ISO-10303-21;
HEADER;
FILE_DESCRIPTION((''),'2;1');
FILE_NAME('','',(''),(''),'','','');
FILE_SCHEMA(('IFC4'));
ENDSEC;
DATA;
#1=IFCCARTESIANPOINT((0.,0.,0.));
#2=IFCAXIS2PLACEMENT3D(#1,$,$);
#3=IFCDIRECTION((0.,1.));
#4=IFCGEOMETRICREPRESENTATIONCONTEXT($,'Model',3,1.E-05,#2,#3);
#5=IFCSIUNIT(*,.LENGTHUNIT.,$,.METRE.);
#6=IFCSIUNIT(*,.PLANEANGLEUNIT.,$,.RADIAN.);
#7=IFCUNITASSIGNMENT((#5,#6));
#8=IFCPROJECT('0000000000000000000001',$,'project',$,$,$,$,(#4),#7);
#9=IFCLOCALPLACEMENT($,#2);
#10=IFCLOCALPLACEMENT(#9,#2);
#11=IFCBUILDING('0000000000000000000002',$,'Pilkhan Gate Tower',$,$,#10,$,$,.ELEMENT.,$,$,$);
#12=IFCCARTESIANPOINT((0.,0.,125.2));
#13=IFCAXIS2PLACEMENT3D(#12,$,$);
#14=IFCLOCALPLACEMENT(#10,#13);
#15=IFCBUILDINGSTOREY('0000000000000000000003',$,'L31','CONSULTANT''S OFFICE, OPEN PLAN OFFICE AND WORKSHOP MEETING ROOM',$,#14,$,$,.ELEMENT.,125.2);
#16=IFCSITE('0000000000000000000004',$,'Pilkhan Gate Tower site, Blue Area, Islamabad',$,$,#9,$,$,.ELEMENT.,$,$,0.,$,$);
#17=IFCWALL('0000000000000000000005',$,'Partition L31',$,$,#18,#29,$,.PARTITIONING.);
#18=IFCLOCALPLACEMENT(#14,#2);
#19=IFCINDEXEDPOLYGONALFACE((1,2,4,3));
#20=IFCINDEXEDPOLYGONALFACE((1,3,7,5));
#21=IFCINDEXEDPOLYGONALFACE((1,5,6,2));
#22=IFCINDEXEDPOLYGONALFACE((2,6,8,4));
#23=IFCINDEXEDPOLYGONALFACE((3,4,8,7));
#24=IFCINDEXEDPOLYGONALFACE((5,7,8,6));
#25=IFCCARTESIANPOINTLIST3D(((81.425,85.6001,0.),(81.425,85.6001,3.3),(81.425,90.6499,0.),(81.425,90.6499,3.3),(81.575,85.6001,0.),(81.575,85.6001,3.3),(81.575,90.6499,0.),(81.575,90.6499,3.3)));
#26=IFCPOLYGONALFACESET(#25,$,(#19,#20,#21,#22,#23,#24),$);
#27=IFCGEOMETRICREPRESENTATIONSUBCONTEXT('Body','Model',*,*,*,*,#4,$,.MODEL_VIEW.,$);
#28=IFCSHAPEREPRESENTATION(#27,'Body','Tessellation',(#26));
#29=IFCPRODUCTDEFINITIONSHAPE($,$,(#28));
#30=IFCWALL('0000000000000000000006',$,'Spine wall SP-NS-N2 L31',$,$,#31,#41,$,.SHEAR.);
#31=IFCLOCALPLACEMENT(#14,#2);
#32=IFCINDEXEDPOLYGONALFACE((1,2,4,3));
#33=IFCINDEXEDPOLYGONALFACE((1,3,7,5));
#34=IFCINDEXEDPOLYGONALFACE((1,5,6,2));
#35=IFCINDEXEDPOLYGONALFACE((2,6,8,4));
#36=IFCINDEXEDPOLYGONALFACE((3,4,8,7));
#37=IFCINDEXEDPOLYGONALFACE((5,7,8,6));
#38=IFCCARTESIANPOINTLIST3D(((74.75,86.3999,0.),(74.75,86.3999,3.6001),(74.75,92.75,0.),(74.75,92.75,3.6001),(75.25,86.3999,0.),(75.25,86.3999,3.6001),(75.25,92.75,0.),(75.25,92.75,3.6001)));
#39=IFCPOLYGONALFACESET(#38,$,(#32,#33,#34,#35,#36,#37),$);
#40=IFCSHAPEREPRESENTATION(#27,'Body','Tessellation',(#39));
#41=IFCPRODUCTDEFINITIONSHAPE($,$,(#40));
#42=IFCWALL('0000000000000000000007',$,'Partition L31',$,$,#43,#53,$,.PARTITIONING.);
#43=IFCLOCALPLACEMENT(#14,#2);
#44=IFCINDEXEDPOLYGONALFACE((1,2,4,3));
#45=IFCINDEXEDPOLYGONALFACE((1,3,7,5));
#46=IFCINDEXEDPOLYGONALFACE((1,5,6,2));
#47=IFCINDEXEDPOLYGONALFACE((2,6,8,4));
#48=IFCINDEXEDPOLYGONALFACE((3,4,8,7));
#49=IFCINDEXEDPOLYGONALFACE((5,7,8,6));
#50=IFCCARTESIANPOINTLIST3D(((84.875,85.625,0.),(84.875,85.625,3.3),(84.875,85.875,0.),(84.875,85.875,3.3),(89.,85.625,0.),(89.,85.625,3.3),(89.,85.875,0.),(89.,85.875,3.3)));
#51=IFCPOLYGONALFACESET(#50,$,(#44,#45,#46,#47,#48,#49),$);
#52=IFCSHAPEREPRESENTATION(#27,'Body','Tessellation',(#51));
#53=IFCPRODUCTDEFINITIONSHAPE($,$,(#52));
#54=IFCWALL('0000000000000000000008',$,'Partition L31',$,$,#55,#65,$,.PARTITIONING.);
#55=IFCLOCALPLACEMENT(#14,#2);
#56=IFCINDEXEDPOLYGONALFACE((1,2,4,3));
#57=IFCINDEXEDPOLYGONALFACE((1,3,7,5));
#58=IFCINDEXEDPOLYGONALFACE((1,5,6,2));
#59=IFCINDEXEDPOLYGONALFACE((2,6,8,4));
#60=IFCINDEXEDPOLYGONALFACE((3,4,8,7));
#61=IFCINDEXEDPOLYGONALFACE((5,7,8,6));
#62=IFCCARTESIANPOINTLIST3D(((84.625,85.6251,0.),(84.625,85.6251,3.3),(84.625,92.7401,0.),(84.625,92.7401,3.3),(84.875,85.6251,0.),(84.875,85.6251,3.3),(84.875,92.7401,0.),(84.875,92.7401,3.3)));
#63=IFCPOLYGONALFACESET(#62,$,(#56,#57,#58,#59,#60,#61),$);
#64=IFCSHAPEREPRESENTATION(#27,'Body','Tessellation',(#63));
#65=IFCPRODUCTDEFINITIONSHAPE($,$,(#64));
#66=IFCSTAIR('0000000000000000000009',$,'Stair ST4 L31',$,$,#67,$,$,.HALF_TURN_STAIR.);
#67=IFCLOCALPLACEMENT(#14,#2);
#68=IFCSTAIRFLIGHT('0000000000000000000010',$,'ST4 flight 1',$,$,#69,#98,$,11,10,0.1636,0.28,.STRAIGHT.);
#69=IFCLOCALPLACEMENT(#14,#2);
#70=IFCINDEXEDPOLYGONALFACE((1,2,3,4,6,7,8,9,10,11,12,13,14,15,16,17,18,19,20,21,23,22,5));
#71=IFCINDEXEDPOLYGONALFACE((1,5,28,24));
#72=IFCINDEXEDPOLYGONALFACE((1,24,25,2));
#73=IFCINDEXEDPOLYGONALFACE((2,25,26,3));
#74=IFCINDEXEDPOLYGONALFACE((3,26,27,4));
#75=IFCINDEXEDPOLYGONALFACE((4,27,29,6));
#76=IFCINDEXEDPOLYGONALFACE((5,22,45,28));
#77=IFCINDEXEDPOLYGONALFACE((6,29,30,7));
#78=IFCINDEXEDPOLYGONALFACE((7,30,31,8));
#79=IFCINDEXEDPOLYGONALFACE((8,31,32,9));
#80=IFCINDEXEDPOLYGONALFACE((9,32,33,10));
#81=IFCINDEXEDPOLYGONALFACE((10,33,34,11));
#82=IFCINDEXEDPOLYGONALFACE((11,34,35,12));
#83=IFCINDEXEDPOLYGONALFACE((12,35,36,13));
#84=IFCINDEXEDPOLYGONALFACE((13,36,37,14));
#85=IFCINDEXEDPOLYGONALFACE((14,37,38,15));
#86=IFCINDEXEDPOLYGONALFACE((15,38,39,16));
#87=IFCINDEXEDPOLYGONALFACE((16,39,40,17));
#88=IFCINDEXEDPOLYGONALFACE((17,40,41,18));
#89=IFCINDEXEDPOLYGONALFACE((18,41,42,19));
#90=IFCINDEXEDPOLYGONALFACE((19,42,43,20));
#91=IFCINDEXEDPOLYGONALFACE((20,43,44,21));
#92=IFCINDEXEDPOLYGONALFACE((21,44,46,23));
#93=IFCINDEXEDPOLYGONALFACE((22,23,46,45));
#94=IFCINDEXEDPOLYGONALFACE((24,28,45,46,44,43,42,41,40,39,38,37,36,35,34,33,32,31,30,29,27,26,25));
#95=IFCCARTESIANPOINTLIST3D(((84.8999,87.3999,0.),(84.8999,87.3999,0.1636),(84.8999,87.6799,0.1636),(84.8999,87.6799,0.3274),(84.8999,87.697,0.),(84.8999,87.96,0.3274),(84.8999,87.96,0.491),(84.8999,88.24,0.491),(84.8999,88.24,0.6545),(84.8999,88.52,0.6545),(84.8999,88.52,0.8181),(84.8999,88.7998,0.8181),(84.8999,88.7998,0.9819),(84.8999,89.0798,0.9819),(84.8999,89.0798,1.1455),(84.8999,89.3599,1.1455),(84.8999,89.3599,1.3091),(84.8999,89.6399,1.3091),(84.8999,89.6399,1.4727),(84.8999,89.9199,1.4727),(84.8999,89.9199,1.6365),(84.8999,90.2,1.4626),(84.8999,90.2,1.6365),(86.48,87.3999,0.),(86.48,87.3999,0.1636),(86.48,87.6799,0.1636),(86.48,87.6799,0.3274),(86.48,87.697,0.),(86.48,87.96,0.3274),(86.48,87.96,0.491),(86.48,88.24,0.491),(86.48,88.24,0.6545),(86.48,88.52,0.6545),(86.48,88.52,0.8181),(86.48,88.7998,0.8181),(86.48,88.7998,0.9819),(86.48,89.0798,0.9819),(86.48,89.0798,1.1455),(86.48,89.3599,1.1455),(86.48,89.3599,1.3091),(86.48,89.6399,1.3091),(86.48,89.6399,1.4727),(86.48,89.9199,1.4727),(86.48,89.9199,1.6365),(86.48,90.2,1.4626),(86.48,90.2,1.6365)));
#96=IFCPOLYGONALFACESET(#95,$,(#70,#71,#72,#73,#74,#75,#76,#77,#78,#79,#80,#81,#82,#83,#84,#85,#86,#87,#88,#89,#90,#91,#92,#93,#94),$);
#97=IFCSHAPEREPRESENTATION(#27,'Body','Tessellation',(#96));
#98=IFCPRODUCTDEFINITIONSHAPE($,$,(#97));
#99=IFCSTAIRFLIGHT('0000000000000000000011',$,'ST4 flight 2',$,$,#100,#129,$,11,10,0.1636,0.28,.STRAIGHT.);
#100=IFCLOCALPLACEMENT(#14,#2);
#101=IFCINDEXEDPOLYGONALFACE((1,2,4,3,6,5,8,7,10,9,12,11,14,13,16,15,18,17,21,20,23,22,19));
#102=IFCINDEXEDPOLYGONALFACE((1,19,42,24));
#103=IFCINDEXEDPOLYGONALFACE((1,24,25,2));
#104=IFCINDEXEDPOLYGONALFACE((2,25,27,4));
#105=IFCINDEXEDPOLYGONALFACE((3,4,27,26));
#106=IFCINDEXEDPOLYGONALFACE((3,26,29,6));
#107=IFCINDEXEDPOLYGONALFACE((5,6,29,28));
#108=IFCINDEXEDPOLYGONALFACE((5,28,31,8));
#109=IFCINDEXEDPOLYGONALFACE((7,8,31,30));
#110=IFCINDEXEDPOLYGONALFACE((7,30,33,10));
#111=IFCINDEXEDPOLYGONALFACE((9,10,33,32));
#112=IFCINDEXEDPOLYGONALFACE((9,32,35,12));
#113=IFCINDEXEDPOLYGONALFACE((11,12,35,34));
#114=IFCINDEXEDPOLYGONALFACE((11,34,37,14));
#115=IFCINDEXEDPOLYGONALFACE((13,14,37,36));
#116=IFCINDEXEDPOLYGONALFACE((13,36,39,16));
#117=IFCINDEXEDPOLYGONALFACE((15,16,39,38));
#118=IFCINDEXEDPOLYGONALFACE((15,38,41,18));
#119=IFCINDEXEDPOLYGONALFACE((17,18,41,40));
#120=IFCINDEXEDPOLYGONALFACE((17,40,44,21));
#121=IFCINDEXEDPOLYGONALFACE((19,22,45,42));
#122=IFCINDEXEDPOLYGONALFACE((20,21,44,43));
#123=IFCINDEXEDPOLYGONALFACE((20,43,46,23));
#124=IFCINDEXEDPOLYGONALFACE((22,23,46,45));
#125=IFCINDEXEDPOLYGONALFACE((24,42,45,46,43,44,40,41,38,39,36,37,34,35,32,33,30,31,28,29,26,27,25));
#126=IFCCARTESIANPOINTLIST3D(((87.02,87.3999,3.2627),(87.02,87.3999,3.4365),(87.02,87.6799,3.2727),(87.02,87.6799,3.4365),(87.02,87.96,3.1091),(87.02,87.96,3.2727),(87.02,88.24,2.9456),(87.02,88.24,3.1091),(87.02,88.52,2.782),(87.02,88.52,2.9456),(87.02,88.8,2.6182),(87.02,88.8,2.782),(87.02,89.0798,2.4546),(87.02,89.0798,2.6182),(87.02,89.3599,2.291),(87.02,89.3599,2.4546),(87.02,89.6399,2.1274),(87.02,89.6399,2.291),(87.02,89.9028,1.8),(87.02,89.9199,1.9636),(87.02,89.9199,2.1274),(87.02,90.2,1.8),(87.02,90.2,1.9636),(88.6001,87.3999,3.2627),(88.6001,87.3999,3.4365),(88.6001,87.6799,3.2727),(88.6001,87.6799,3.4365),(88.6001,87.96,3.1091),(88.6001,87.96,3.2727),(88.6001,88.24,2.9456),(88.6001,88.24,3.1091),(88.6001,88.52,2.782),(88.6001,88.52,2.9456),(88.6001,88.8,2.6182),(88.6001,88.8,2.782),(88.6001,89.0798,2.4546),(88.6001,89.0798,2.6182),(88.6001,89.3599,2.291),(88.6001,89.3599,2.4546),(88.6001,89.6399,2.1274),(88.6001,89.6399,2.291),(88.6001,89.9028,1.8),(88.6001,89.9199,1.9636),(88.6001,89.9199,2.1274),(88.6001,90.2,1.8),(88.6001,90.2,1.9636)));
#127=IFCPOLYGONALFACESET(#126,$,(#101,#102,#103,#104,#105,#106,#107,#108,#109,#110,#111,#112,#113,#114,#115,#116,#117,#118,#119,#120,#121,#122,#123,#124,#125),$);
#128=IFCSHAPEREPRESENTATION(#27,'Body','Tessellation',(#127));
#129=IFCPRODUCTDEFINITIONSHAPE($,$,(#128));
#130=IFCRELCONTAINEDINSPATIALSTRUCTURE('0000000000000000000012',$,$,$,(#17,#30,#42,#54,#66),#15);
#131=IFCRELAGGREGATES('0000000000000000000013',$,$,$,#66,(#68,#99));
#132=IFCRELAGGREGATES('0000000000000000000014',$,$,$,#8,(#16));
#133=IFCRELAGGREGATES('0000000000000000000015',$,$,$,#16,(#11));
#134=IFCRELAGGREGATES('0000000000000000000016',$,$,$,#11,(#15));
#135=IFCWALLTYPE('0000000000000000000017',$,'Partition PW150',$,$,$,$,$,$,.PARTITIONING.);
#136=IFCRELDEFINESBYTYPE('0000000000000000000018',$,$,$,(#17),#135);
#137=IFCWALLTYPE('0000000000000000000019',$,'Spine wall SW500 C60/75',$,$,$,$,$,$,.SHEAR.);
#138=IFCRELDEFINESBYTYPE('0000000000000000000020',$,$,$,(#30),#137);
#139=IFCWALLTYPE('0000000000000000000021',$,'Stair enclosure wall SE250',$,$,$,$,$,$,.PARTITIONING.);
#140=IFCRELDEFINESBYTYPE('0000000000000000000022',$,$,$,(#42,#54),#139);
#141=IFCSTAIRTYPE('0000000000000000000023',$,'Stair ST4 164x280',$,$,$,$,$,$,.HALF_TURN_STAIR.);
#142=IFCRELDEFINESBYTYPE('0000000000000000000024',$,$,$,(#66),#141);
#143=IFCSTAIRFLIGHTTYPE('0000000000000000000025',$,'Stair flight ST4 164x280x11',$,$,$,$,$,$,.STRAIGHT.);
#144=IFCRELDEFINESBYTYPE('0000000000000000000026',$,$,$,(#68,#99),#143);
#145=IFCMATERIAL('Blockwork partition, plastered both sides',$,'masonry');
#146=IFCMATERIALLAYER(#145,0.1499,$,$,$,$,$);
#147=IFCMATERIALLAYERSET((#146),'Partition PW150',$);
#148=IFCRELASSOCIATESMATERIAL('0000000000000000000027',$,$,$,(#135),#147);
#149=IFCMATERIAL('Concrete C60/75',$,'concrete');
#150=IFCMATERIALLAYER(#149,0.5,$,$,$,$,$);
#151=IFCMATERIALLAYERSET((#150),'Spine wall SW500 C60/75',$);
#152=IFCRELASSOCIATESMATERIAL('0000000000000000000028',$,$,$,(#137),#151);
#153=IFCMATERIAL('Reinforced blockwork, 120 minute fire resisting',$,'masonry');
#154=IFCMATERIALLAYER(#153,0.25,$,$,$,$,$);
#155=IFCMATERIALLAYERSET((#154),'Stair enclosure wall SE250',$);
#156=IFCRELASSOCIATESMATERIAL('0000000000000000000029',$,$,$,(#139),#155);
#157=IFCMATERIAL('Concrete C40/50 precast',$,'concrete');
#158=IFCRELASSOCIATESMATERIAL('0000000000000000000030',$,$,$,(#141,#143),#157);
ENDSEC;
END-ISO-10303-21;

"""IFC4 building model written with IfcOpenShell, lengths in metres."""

from ifc_helpers import new_model, si_unit, direction, frame, frame_2d, origin, place, context, subcontext, project, spatial, polyline, rectangle, outline, extrude, material, layer, layer_set, type_object, element, aggregate, save


model = new_model("IFC4")

# Units and contexts
model_context = context("Model", 3, precision=1e-05, world=origin(), true_north=direction((0.0, 1.0)))
body_context = subcontext(model_context, "Body", "Model", "MODEL_VIEW")
ifc_project = project(units=[si_unit("LENGTHUNIT", "METRE"), si_unit("PLANEANGLEUNIT", "RADIAN")], contexts=[model_context])

# Site, building, storey
site_placement = place(None, origin())
site = spatial("IfcSite", under=ifc_project, at=site_placement, Name="Pilkhan Gate Tower site, Blue Area, Islamabad", CompositionType="ELEMENT", RefElevation=0.0)
building_placement = place(site_placement, origin())
building = spatial("IfcBuilding", under=site, at=building_placement, Name="Pilkhan Gate Tower", CompositionType="ELEMENT")
storey_placement = place(building_placement, frame((0.0, 0.0, 125.2)))
storey = spatial("IfcBuildingStorey", under=building, at=storey_placement, Name="L31", Description="CONSULTANT'S OFFICE, OPEN PLAN OFFICE AND WORKSHOP MEETING ROOM", CompositionType="ELEMENT", Elevation=125.2)

# Walls
ifc_material_1 = material(Name="Blockwork partition, plastered both sides", Category="masonry")
ifc_layer_1 = layer(ifc_material_1, 0.1499)
ifc_layer_set_1 = layer_set([ifc_layer_1], Name="Partition PW150")
wall_type_1 = type_object("IfcWallType", Name="Partition PW150", PredefinedType="PARTITIONING", material=ifc_layer_set_1)
for number, where, z_axis, x_axis, name in (
    (1, (81.5, 85.6001, 0.0), (0.0, 0.0, 1.0), (0.0, 1.0, 0.0), "Partition L31"),
):
    element("IfcWall", number, at=place(storey_placement, frame(where, z_axis=z_axis, x_axis=x_axis)), inside=storey, type_object=wall_type_1, Name=name, PredefinedType="PARTITIONING", context=body_context, shape_type="SweptSolid", body=[
        extrude(rectangle(XDim=5.0498, YDim=0.1499, at=frame_2d((2.5249, 0.0))), origin(), (0.0, 0.0, 1.0), 3.3),
    ])
ifc_material_2 = material(Name="Concrete C60/75", Category="concrete")
ifc_layer_2 = layer(ifc_material_2, 0.5)
ifc_layer_set_2 = layer_set([ifc_layer_2], Name="Spine wall SW500 C60/75")
wall_type_2 = type_object("IfcWallType", Name="Spine wall SW500 C60/75", PredefinedType="SHEAR", material=ifc_layer_set_2)
wall_1_placement = place(storey_placement, frame((75.0, 86.3999, 0.0), z_axis=(0.0, 0.0, 1.0), x_axis=(0.0, 1.0, 0.0)))
element("IfcWall", 2, at=wall_1_placement, inside=storey, type_object=wall_type_2, Name="Spine wall SP-NS-N2 L31", PredefinedType="SHEAR", context=body_context, shape_type="SweptSolid", body=[
    extrude(rectangle(XDim=6.3501, YDim=0.5, at=frame_2d((3.175, 0.0))), origin(), (0.0, 0.0, 1.0), 3.6001),
])
ifc_material_3 = material(Name="Reinforced blockwork, 120 minute fire resisting", Category="masonry")
ifc_layer_3 = layer(ifc_material_3, 0.25)
ifc_layer_set_3 = layer_set([ifc_layer_3], Name="Stair enclosure wall SE250")
wall_type_3 = type_object("IfcWallType", Name="Stair enclosure wall SE250", PredefinedType="PARTITIONING", material=ifc_layer_set_3)
wall_2_placement = place(storey_placement, frame((84.875, 85.75, 0.0), z_axis=(0.0, 0.0, 1.0), x_axis=(1.0, 0.0, 0.0)))
element("IfcWall", 3, at=wall_2_placement, inside=storey, type_object=wall_type_3, Name="Partition L31", PredefinedType="PARTITIONING", context=body_context, shape_type="SweptSolid", body=[
    extrude(rectangle(XDim=4.125, YDim=0.25, at=frame_2d((2.0625, 0.0))), origin(), (0.0, 0.0, 1.0), 3.3),
])
wall_3_placement = place(storey_placement, frame((84.75, 85.625, 0.0), z_axis=(0.0, 0.0, 1.0), x_axis=(0.0, 1.0, 0.0)))
element("IfcWall", 4, at=wall_3_placement, inside=storey, type_object=wall_type_3, Name="Partition L31", PredefinedType="PARTITIONING", context=body_context, shape_type="SweptSolid", body=[
    extrude(rectangle(XDim=7.115, YDim=0.25, at=frame_2d((3.5576, 0.0))), origin(), (0.0, 0.0, 1.0), 3.3),
])

# Stair, stair flights
ifc_material_4 = material(Name="Concrete C40/50 precast", Category="concrete")
stair_type = type_object("IfcStairType", Name="Stair ST4 164x280", PredefinedType="HALF_TURN_STAIR", material=ifc_material_4)
stair_placement = place(storey_placement, origin())
stair = element("IfcStair", 5, at=stair_placement, inside=storey, type_object=stair_type, Name="Stair ST4 L31", PredefinedType="HALF_TURN_STAIR")
stair_flight_type = type_object("IfcStairFlightType", Name="Stair flight ST4 164x280x11", PredefinedType="STRAIGHT", material=ifc_material_4)
stair_flight_1_placement = place(storey_placement, frame((85.6899, 87.3999, 0.0), z_axis=(0.0, 0.0, 1.0), x_axis=(0.0, 1.0, 0.0)))
stair_flight_1 = element("IfcStairFlight", 6, at=stair_flight_1_placement, type_object=stair_flight_type, Name="ST4 flight 1", NumberOfRisers=11, NumberOfTreads=10, PredefinedType="STRAIGHT", RiserHeight=0.1636, TreadLength=0.28, context=body_context, shape_type="SweptSolid", body=[
    extrude(outline(polyline([(0.0, 0.0), (0.0, 0.1636), (0.28, 0.1636), (0.28, 0.3274), (0.5601, 0.3274), (0.5601, 0.491), (0.8401, 0.491), (0.8401, 0.6545), (1.1201, 0.6545), (1.1201, 0.8181), (1.3999, 0.8181), (1.3999, 0.9819), (1.6799, 0.9819), (1.6799, 1.1455), (1.96, 1.1455), (1.96, 1.3091), (2.24, 1.3091), (2.24, 1.4727), (2.52, 1.4727), (2.52, 1.6365), (2.8, 1.6365), (2.8, 1.8), (2.8, 1.4626), (0.2971, 0.0), (0.0, 0.0)])), frame((0.0, 0.79, 0.0), z_axis=(0.0, -1.0, 0.0), x_axis=(1.0, 0.0, 0.0)), (0.0, 0.0, 1.0), 1.5801),
])
stair_flight_2_placement = place(storey_placement, frame((87.8101, 90.2, 1.8), z_axis=(0.0, 0.0, 1.0), x_axis=(0.0, -1.0, 0.0)))
stair_flight_2 = element("IfcStairFlight", 7, at=stair_flight_2_placement, type_object=stair_flight_type, Name="ST4 flight 2", NumberOfRisers=11, NumberOfTreads=10, PredefinedType="STRAIGHT", RiserHeight=0.1636, TreadLength=0.28, context=body_context, shape_type="SweptSolid", body=[
    extrude(outline(polyline([(0.0, 0.0), (0.0, 0.1636), (0.28, 0.1636), (0.28, 0.3274), (0.5601, 0.3274), (0.5601, 0.491), (0.8401, 0.491), (0.8401, 0.6545), (1.1201, 0.6545), (1.1201, 0.8181), (1.3999, 0.8181), (1.3999, 0.9819), (1.6799, 0.9819), (1.6799, 1.1455), (1.96, 1.1455), (1.96, 1.3091), (2.24, 1.3091), (2.24, 1.4727), (2.52, 1.4727), (2.52, 1.6365), (2.8, 1.6365), (2.8, 1.8), (2.8, 1.4626), (0.2971, 0.0), (0.0, 0.0)])), frame((0.0, 0.79, 0.0), z_axis=(0.0, -1.0, 0.0), x_axis=(1.0, 0.0, 0.0)), (0.0, 0.0, 1.0), 1.5801),
])
aggregate(stair, [stair_flight_1, stair_flight_2])

save(model, "model.ifc")
